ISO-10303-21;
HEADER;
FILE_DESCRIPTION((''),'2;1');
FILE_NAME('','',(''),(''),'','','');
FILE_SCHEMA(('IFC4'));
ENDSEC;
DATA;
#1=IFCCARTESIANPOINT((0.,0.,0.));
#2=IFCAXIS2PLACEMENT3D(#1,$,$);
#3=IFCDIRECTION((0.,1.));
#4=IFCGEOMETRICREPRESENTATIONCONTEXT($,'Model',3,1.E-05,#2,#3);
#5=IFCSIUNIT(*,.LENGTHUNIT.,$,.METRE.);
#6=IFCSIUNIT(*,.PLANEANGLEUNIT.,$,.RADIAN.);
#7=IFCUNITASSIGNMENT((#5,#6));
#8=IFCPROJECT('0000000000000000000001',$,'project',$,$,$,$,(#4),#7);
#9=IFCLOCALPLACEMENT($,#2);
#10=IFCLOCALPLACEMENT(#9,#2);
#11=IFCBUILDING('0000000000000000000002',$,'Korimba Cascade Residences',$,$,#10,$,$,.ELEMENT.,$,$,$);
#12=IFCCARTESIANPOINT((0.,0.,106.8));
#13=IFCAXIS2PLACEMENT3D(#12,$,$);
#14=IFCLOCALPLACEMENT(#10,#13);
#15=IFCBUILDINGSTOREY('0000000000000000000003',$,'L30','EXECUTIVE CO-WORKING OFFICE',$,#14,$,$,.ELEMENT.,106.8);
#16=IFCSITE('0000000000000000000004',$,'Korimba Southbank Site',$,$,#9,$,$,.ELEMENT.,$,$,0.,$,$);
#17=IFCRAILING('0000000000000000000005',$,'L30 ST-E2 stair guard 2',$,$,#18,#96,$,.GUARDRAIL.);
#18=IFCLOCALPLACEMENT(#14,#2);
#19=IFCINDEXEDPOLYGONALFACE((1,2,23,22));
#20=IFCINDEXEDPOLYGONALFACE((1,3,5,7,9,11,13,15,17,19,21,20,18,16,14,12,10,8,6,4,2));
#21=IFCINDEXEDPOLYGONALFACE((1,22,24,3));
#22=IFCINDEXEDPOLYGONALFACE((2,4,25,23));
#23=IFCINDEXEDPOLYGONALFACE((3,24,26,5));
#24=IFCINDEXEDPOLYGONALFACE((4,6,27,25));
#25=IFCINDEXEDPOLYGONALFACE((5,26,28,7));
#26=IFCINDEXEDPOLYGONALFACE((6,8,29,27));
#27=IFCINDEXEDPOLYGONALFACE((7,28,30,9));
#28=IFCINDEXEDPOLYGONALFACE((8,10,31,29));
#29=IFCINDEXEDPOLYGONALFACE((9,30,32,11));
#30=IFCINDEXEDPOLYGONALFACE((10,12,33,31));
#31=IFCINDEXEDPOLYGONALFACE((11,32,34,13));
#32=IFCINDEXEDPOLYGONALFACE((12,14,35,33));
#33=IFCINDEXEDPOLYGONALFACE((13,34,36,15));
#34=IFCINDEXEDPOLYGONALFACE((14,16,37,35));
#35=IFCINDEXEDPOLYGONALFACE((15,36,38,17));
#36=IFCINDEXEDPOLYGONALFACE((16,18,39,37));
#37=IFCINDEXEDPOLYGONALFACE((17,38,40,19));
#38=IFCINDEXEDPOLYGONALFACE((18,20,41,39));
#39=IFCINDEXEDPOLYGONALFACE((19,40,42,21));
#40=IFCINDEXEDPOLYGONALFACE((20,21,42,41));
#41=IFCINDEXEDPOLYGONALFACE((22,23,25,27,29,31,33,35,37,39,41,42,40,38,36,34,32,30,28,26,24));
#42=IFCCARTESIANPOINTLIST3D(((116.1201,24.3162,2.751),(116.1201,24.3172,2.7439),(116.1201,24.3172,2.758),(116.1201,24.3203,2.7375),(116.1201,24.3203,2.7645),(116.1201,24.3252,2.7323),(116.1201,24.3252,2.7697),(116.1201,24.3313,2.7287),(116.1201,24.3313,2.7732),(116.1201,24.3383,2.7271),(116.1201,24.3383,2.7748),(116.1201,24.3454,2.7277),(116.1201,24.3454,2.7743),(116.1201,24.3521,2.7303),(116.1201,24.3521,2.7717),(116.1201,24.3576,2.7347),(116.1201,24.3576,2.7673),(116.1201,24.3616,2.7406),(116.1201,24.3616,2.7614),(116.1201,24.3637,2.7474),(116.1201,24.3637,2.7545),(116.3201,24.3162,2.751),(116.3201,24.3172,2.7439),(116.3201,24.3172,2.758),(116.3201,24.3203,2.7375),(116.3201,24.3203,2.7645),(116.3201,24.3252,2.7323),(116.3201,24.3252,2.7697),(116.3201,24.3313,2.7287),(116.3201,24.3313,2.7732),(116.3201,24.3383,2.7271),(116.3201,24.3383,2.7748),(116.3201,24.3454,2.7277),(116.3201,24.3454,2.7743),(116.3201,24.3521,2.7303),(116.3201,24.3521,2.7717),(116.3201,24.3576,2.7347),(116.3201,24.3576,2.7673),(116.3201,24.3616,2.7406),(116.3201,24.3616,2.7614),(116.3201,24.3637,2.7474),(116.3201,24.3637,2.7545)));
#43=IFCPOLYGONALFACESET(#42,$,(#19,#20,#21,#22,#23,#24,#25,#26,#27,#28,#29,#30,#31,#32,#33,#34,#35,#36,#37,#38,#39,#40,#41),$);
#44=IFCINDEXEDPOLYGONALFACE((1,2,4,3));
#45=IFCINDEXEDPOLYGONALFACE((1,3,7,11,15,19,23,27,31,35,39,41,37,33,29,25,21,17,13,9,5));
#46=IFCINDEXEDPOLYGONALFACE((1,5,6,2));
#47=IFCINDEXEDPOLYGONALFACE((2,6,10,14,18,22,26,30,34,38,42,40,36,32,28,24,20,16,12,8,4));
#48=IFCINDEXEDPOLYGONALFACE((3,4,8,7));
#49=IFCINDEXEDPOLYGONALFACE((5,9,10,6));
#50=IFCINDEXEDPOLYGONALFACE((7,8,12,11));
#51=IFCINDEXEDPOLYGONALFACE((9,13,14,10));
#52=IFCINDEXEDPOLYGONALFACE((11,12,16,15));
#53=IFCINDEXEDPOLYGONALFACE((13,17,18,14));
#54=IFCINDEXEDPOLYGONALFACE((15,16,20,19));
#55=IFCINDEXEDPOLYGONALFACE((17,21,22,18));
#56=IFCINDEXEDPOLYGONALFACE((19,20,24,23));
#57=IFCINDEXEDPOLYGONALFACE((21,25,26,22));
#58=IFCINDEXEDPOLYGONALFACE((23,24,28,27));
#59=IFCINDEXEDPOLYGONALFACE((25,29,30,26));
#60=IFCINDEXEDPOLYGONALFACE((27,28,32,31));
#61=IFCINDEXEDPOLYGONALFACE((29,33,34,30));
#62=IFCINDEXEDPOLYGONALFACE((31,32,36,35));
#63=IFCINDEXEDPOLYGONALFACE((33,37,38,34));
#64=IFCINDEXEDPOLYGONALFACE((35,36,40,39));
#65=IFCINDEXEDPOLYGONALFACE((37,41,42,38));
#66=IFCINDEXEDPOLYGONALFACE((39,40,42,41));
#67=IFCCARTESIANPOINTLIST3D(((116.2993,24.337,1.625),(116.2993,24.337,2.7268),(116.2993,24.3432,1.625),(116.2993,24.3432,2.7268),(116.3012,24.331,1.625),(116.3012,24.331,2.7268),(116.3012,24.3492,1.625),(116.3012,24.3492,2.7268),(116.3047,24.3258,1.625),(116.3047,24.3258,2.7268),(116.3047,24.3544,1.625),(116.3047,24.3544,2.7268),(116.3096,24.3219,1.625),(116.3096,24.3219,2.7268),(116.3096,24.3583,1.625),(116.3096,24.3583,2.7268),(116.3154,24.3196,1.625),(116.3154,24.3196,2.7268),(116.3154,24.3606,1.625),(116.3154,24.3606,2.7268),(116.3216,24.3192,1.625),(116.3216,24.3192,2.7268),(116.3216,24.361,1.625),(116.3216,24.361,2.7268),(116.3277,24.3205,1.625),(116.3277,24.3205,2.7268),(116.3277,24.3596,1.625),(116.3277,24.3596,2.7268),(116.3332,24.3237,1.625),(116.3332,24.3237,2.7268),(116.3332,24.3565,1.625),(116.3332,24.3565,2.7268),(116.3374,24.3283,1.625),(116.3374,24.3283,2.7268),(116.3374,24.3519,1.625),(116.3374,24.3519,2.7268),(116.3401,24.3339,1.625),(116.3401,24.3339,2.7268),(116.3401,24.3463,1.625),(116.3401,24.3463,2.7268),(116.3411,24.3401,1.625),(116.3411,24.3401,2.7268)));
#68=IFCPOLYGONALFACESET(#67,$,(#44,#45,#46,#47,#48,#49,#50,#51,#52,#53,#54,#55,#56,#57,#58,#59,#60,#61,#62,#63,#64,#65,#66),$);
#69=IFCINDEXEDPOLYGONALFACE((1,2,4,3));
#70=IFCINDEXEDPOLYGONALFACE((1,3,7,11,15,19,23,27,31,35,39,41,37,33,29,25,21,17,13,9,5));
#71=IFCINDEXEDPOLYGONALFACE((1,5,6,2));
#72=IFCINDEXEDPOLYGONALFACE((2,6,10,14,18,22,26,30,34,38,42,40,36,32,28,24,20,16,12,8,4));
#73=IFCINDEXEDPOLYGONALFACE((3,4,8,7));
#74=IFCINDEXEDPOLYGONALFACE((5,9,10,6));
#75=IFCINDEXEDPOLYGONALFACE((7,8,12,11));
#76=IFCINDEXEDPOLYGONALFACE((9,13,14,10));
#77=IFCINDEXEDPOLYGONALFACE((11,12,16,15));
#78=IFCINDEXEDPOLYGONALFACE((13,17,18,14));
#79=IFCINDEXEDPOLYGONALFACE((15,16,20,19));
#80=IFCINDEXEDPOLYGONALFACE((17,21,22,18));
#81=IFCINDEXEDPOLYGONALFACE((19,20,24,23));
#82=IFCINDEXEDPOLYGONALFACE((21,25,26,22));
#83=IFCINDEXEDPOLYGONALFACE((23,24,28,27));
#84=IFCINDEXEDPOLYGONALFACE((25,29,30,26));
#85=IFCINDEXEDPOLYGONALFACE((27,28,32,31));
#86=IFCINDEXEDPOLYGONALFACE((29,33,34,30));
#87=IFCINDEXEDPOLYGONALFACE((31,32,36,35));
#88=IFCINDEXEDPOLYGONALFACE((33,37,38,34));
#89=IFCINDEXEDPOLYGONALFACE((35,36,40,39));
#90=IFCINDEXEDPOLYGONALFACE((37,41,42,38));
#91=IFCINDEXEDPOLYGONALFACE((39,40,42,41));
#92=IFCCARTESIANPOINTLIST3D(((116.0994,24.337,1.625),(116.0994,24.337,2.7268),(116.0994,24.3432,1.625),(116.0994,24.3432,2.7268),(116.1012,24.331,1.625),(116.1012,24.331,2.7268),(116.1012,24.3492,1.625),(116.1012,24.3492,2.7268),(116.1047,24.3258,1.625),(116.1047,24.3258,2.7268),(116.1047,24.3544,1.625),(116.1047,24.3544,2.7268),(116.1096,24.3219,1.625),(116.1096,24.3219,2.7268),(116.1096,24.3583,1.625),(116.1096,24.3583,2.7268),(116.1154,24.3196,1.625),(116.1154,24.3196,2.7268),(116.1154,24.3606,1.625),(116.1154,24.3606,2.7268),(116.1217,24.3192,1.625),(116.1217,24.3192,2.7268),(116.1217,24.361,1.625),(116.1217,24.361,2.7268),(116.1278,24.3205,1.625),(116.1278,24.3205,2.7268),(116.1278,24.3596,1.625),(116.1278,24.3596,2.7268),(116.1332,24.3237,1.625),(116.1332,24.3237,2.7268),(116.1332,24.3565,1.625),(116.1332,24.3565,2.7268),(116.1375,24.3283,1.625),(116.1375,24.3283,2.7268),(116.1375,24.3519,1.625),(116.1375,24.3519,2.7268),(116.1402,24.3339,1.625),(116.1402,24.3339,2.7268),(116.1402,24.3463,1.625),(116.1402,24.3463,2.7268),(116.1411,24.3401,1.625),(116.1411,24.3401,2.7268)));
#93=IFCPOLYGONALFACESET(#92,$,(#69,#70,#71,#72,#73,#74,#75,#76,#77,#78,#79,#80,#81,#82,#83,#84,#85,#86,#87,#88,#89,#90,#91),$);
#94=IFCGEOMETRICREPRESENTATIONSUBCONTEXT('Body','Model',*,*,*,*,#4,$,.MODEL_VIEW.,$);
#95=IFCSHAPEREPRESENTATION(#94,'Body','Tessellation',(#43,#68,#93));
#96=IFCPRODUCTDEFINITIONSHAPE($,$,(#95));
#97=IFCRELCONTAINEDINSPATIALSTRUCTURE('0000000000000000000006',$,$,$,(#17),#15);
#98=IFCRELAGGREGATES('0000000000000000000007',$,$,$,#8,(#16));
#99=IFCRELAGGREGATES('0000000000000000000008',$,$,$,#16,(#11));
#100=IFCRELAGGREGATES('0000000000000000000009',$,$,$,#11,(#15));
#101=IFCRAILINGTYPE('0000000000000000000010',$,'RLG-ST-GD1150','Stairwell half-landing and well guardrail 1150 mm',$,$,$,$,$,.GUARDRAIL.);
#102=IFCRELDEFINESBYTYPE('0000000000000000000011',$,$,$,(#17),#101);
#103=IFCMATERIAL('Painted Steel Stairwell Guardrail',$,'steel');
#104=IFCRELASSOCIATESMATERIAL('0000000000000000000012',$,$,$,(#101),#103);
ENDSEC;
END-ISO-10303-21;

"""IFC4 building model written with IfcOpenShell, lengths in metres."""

from ifc_helpers import new_model, si_unit, direction, frame, origin, origin_2d, place, context, subcontext, project, spatial, circle, extrude, material, type_object, element, save


model = new_model("IFC4")

# Units and contexts
model_context = context("Model", 3, precision=1e-05, world=origin(), true_north=direction((0.0, 1.0)))
body_context = subcontext(model_context, "Body", "Model", "MODEL_VIEW")
ifc_project = project(units=[si_unit("LENGTHUNIT", "METRE"), si_unit("PLANEANGLEUNIT", "RADIAN")], contexts=[model_context])

# Site, building, storey
site_placement = place(None, origin())
site = spatial("IfcSite", under=ifc_project, at=site_placement, Name="Korimba Southbank Site", CompositionType="ELEMENT", RefElevation=0.0)
building_placement = place(site_placement, origin())
building = spatial("IfcBuilding", under=site, at=building_placement, Name="Korimba Cascade Residences", CompositionType="ELEMENT")
storey_placement = place(building_placement, frame((0.0, 0.0, 106.8)))
storey = spatial("IfcBuildingStorey", under=building, at=storey_placement, Name="L30", Description="EXECUTIVE CO-WORKING OFFICE", CompositionType="ELEMENT", Elevation=106.8)

# Railing
ifc_material_1 = material(Name="Painted Steel Stairwell Guardrail", Category="steel")
railing_type_1 = type_object("IfcRailingType", Name="RLG-ST-GD1150", Description="Stairwell half-landing and well guardrail 1150 mm", PredefinedType="GUARDRAIL", material=ifc_material_1)
railing_1_placement = place(storey_placement, frame((116.3201, 24.3401, 1.625)))
element("IfcRailing", 1, at=railing_1_placement, inside=storey, type_object=railing_type_1, Name="L30 ST-E2 stair guard 2", PredefinedType="GUARDRAIL", context=body_context, shape_type="SweptSolid", body=[
    extrude(circle(Radius=0.0239, at=origin_2d()), frame((0.0, 0.0, 1.126), z_axis=(-1.0, 0.0, 0.0), x_axis=(0.0, -1.0, 0.0)), (0.0, 0.0, 1.0), 0.2),
    extrude(circle(Radius=0.021, at=origin_2d()), origin(), (0.0, 0.0, 1.0), 1.1018),
    extrude(circle(Radius=0.021, at=origin_2d()), frame((-0.2, 0.0, 0.0)), (0.0, 0.0, 1.0), 1.1018),
])

save(model, "model.ifc")
